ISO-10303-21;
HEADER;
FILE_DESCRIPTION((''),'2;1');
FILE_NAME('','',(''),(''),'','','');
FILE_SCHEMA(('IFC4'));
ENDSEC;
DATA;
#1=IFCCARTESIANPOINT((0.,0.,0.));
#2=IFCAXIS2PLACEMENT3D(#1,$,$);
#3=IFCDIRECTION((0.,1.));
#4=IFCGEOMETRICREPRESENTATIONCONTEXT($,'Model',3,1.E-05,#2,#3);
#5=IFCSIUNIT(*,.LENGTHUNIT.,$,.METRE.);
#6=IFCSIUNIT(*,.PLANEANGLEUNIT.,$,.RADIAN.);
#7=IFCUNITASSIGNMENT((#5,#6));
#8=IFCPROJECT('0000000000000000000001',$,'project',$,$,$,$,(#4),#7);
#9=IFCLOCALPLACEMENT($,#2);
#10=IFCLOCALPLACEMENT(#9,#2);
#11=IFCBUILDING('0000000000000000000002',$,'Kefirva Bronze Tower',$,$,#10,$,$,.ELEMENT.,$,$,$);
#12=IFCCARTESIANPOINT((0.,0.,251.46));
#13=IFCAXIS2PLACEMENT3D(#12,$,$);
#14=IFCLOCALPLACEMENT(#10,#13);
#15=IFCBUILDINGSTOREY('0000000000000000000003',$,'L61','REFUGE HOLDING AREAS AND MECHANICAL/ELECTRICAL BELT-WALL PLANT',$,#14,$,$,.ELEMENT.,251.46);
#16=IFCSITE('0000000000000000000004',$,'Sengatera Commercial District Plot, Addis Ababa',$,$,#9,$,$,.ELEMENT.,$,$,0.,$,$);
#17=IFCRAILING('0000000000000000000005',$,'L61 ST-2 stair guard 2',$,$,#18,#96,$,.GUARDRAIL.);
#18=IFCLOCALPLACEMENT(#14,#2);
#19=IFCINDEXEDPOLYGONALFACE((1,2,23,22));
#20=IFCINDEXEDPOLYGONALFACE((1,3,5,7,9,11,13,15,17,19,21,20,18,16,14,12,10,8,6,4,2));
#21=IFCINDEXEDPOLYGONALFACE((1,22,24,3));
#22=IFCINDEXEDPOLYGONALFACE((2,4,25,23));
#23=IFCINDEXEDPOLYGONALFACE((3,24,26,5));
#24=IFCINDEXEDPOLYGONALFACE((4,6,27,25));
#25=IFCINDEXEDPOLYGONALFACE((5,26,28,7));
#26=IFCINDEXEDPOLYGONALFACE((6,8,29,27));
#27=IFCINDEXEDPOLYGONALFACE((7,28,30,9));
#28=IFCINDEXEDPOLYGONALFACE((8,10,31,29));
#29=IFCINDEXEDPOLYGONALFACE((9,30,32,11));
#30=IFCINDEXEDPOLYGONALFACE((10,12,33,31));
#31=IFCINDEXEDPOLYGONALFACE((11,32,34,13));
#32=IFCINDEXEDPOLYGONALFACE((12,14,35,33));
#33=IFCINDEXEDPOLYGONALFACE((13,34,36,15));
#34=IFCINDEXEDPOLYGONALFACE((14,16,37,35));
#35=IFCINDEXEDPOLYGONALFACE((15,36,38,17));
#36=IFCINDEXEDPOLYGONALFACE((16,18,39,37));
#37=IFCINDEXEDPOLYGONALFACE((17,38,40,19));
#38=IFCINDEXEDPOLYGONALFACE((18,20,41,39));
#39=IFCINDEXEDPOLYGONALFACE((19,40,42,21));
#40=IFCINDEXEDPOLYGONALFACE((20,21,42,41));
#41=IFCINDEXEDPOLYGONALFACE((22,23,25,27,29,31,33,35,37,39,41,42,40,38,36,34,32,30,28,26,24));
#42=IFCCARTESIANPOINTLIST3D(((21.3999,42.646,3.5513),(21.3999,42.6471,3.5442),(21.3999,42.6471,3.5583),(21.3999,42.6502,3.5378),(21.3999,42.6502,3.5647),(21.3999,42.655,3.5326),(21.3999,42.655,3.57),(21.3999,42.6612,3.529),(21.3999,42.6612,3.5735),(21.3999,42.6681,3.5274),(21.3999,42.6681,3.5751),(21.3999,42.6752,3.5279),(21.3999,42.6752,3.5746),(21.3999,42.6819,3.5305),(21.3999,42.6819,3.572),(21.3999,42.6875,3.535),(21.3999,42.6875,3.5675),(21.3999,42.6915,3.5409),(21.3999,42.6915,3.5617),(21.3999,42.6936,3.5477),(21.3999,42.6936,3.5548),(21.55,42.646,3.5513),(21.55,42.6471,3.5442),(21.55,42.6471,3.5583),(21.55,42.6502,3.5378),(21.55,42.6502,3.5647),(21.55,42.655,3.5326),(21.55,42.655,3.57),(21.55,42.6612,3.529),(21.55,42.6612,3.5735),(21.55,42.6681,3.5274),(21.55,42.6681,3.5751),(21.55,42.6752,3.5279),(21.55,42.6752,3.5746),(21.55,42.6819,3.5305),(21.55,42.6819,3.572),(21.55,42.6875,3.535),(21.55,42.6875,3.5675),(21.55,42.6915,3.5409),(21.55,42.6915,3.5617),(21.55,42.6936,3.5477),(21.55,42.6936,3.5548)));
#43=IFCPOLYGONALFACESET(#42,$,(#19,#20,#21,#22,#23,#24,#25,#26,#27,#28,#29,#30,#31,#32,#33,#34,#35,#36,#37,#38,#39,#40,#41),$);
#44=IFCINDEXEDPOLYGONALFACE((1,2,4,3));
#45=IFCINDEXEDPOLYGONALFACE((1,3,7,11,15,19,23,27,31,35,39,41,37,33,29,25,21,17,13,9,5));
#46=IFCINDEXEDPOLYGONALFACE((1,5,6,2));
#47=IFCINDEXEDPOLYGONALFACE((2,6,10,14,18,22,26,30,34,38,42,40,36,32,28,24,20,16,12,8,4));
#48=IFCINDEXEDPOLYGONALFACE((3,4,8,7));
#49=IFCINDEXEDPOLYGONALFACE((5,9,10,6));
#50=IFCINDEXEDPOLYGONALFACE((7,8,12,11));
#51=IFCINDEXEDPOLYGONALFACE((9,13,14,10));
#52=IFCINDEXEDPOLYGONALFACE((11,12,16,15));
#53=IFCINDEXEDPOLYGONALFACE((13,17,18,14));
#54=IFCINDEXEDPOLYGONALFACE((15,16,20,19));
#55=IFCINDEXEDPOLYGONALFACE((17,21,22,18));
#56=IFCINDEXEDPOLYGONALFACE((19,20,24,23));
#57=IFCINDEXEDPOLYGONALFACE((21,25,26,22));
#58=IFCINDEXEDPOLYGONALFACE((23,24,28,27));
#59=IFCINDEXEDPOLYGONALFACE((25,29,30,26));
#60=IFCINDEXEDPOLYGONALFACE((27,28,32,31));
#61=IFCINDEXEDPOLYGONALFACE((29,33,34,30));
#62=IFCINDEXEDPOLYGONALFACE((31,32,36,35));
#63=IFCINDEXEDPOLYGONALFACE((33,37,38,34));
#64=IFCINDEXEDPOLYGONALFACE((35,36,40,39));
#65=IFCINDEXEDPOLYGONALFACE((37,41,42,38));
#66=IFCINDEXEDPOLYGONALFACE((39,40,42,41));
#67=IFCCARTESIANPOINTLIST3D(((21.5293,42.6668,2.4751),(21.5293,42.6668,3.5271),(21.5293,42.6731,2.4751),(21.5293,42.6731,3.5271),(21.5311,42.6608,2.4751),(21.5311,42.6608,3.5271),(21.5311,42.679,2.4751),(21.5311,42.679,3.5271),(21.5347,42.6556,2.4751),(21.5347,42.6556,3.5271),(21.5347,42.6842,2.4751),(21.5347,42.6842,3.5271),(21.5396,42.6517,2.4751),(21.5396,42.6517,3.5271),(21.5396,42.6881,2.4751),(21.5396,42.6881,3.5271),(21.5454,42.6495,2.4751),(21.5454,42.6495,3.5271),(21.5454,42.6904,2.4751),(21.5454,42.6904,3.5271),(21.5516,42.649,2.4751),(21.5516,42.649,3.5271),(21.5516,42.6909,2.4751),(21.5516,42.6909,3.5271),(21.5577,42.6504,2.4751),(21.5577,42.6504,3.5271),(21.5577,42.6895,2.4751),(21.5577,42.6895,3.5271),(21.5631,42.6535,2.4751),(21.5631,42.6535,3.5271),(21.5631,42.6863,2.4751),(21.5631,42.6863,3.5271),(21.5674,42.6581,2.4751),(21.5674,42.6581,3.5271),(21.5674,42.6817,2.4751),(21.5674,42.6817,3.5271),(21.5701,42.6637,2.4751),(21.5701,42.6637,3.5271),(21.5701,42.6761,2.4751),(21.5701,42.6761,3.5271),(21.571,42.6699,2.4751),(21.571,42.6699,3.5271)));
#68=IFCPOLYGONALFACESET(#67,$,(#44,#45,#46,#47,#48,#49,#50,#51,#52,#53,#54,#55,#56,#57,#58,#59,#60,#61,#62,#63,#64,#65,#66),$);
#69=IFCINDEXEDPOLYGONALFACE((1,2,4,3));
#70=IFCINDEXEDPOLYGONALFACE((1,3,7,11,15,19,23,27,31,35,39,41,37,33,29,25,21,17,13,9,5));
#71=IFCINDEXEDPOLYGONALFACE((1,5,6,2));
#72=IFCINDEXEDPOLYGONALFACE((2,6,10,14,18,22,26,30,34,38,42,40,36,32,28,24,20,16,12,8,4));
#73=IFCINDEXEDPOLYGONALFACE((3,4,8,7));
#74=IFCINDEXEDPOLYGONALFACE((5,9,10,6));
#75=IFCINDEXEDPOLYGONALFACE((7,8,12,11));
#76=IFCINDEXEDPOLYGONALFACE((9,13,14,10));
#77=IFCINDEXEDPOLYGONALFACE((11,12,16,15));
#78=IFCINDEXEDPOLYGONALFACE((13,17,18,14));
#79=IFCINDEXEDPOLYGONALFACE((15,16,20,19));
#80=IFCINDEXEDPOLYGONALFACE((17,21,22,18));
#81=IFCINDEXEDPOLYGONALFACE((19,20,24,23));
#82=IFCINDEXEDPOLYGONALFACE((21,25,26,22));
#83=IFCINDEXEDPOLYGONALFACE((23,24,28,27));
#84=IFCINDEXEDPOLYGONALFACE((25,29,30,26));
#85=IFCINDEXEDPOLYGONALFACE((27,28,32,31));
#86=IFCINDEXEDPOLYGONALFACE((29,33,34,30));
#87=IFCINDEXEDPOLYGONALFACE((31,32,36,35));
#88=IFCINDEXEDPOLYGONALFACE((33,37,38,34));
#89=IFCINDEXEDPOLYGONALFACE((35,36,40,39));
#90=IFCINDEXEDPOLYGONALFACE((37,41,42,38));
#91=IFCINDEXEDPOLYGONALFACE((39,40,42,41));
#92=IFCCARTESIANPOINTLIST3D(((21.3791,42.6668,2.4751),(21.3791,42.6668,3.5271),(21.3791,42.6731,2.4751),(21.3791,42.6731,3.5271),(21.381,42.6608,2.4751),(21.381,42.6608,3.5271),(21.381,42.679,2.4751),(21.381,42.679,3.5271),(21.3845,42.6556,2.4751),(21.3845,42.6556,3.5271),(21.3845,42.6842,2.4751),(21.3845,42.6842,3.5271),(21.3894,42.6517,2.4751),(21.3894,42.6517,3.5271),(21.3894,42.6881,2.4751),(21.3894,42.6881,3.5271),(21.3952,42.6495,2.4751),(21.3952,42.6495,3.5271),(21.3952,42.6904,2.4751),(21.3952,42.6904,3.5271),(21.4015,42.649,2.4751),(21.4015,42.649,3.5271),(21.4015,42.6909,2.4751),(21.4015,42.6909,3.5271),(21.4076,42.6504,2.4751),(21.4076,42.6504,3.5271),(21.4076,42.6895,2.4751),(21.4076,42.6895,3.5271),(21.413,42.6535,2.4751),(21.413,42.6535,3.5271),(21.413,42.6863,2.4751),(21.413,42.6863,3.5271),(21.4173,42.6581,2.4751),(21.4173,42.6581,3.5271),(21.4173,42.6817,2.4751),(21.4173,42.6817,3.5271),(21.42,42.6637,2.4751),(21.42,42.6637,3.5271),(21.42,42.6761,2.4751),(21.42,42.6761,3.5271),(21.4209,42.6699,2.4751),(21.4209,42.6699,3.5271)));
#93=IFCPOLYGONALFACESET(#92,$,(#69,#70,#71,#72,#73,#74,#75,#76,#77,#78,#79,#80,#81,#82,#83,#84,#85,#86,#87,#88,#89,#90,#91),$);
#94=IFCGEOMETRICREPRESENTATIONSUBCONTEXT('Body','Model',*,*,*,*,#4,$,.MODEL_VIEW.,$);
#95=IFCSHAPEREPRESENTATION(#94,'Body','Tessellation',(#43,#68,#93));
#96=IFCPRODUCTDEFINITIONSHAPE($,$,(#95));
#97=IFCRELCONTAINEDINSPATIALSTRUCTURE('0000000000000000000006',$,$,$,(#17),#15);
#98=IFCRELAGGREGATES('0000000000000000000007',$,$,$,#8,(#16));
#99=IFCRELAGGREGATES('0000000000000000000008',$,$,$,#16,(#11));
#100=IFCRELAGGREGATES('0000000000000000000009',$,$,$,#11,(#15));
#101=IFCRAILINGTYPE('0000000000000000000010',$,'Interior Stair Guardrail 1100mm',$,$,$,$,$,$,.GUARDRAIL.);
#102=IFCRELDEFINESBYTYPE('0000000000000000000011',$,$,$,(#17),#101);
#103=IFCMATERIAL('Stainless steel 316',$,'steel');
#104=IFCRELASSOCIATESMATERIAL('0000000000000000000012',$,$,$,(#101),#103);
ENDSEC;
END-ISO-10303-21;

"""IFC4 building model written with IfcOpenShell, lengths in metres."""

from ifc_helpers import new_model, si_unit, direction, frame, origin, origin_2d, place, context, subcontext, project, spatial, circle, extrude, material, type_object, element, save


model = new_model("IFC4")

# Units and contexts
model_context = context("Model", 3, precision=1e-05, world=origin(), true_north=direction((0.0, 1.0)))
body_context = subcontext(model_context, "Body", "Model", "MODEL_VIEW")
ifc_project = project(units=[si_unit("LENGTHUNIT", "METRE"), si_unit("PLANEANGLEUNIT", "RADIAN")], contexts=[model_context])

# Site, building, storey
site_placement = place(None, origin())
site = spatial("IfcSite", under=ifc_project, at=site_placement, Name="Sengatera Commercial District Plot, Addis Ababa", CompositionType="ELEMENT", RefElevation=0.0)
building_placement = place(site_placement, origin())
building = spatial("IfcBuilding", under=site, at=building_placement, Name="Kefirva Bronze Tower", CompositionType="ELEMENT")
storey_placement = place(building_placement, frame((0.0, 0.0, 251.46)))
storey = spatial("IfcBuildingStorey", under=building, at=storey_placement, Name="L61", Description="REFUGE HOLDING AREAS AND MECHANICAL/ELECTRICAL BELT-WALL PLANT", CompositionType="ELEMENT", Elevation=251.46)

# Railing
ifc_material_1 = material(Name="Stainless steel 316", Category="steel")
railing_type_1 = type_object("IfcRailingType", Name="Interior Stair Guardrail 1100mm", PredefinedType="GUARDRAIL", material=ifc_material_1)
railing_1_placement = place(storey_placement, frame((21.55, 42.6699, 2.4751)))
element("IfcRailing", 1, at=railing_1_placement, inside=storey, type_object=railing_type_1, Name="L61 ST-2 stair guard 2", PredefinedType="GUARDRAIL", context=body_context, shape_type="SweptSolid", body=[
    extrude(circle(Radius=0.0239, at=origin_2d()), frame((0.0, 0.0, 1.0762), z_axis=(-1.0, 0.0, 0.0), x_axis=(0.0, -1.0, 0.0)), (0.0, 0.0, 1.0), 0.1501),
    extrude(circle(Radius=0.021, at=origin_2d()), origin(), (0.0, 0.0, 1.0), 1.052),
    extrude(circle(Radius=0.021, at=origin_2d()), frame((-0.1501, 0.0, 0.0)), (0.0, 0.0, 1.0), 1.052),
])

save(model, "model.ifc")
